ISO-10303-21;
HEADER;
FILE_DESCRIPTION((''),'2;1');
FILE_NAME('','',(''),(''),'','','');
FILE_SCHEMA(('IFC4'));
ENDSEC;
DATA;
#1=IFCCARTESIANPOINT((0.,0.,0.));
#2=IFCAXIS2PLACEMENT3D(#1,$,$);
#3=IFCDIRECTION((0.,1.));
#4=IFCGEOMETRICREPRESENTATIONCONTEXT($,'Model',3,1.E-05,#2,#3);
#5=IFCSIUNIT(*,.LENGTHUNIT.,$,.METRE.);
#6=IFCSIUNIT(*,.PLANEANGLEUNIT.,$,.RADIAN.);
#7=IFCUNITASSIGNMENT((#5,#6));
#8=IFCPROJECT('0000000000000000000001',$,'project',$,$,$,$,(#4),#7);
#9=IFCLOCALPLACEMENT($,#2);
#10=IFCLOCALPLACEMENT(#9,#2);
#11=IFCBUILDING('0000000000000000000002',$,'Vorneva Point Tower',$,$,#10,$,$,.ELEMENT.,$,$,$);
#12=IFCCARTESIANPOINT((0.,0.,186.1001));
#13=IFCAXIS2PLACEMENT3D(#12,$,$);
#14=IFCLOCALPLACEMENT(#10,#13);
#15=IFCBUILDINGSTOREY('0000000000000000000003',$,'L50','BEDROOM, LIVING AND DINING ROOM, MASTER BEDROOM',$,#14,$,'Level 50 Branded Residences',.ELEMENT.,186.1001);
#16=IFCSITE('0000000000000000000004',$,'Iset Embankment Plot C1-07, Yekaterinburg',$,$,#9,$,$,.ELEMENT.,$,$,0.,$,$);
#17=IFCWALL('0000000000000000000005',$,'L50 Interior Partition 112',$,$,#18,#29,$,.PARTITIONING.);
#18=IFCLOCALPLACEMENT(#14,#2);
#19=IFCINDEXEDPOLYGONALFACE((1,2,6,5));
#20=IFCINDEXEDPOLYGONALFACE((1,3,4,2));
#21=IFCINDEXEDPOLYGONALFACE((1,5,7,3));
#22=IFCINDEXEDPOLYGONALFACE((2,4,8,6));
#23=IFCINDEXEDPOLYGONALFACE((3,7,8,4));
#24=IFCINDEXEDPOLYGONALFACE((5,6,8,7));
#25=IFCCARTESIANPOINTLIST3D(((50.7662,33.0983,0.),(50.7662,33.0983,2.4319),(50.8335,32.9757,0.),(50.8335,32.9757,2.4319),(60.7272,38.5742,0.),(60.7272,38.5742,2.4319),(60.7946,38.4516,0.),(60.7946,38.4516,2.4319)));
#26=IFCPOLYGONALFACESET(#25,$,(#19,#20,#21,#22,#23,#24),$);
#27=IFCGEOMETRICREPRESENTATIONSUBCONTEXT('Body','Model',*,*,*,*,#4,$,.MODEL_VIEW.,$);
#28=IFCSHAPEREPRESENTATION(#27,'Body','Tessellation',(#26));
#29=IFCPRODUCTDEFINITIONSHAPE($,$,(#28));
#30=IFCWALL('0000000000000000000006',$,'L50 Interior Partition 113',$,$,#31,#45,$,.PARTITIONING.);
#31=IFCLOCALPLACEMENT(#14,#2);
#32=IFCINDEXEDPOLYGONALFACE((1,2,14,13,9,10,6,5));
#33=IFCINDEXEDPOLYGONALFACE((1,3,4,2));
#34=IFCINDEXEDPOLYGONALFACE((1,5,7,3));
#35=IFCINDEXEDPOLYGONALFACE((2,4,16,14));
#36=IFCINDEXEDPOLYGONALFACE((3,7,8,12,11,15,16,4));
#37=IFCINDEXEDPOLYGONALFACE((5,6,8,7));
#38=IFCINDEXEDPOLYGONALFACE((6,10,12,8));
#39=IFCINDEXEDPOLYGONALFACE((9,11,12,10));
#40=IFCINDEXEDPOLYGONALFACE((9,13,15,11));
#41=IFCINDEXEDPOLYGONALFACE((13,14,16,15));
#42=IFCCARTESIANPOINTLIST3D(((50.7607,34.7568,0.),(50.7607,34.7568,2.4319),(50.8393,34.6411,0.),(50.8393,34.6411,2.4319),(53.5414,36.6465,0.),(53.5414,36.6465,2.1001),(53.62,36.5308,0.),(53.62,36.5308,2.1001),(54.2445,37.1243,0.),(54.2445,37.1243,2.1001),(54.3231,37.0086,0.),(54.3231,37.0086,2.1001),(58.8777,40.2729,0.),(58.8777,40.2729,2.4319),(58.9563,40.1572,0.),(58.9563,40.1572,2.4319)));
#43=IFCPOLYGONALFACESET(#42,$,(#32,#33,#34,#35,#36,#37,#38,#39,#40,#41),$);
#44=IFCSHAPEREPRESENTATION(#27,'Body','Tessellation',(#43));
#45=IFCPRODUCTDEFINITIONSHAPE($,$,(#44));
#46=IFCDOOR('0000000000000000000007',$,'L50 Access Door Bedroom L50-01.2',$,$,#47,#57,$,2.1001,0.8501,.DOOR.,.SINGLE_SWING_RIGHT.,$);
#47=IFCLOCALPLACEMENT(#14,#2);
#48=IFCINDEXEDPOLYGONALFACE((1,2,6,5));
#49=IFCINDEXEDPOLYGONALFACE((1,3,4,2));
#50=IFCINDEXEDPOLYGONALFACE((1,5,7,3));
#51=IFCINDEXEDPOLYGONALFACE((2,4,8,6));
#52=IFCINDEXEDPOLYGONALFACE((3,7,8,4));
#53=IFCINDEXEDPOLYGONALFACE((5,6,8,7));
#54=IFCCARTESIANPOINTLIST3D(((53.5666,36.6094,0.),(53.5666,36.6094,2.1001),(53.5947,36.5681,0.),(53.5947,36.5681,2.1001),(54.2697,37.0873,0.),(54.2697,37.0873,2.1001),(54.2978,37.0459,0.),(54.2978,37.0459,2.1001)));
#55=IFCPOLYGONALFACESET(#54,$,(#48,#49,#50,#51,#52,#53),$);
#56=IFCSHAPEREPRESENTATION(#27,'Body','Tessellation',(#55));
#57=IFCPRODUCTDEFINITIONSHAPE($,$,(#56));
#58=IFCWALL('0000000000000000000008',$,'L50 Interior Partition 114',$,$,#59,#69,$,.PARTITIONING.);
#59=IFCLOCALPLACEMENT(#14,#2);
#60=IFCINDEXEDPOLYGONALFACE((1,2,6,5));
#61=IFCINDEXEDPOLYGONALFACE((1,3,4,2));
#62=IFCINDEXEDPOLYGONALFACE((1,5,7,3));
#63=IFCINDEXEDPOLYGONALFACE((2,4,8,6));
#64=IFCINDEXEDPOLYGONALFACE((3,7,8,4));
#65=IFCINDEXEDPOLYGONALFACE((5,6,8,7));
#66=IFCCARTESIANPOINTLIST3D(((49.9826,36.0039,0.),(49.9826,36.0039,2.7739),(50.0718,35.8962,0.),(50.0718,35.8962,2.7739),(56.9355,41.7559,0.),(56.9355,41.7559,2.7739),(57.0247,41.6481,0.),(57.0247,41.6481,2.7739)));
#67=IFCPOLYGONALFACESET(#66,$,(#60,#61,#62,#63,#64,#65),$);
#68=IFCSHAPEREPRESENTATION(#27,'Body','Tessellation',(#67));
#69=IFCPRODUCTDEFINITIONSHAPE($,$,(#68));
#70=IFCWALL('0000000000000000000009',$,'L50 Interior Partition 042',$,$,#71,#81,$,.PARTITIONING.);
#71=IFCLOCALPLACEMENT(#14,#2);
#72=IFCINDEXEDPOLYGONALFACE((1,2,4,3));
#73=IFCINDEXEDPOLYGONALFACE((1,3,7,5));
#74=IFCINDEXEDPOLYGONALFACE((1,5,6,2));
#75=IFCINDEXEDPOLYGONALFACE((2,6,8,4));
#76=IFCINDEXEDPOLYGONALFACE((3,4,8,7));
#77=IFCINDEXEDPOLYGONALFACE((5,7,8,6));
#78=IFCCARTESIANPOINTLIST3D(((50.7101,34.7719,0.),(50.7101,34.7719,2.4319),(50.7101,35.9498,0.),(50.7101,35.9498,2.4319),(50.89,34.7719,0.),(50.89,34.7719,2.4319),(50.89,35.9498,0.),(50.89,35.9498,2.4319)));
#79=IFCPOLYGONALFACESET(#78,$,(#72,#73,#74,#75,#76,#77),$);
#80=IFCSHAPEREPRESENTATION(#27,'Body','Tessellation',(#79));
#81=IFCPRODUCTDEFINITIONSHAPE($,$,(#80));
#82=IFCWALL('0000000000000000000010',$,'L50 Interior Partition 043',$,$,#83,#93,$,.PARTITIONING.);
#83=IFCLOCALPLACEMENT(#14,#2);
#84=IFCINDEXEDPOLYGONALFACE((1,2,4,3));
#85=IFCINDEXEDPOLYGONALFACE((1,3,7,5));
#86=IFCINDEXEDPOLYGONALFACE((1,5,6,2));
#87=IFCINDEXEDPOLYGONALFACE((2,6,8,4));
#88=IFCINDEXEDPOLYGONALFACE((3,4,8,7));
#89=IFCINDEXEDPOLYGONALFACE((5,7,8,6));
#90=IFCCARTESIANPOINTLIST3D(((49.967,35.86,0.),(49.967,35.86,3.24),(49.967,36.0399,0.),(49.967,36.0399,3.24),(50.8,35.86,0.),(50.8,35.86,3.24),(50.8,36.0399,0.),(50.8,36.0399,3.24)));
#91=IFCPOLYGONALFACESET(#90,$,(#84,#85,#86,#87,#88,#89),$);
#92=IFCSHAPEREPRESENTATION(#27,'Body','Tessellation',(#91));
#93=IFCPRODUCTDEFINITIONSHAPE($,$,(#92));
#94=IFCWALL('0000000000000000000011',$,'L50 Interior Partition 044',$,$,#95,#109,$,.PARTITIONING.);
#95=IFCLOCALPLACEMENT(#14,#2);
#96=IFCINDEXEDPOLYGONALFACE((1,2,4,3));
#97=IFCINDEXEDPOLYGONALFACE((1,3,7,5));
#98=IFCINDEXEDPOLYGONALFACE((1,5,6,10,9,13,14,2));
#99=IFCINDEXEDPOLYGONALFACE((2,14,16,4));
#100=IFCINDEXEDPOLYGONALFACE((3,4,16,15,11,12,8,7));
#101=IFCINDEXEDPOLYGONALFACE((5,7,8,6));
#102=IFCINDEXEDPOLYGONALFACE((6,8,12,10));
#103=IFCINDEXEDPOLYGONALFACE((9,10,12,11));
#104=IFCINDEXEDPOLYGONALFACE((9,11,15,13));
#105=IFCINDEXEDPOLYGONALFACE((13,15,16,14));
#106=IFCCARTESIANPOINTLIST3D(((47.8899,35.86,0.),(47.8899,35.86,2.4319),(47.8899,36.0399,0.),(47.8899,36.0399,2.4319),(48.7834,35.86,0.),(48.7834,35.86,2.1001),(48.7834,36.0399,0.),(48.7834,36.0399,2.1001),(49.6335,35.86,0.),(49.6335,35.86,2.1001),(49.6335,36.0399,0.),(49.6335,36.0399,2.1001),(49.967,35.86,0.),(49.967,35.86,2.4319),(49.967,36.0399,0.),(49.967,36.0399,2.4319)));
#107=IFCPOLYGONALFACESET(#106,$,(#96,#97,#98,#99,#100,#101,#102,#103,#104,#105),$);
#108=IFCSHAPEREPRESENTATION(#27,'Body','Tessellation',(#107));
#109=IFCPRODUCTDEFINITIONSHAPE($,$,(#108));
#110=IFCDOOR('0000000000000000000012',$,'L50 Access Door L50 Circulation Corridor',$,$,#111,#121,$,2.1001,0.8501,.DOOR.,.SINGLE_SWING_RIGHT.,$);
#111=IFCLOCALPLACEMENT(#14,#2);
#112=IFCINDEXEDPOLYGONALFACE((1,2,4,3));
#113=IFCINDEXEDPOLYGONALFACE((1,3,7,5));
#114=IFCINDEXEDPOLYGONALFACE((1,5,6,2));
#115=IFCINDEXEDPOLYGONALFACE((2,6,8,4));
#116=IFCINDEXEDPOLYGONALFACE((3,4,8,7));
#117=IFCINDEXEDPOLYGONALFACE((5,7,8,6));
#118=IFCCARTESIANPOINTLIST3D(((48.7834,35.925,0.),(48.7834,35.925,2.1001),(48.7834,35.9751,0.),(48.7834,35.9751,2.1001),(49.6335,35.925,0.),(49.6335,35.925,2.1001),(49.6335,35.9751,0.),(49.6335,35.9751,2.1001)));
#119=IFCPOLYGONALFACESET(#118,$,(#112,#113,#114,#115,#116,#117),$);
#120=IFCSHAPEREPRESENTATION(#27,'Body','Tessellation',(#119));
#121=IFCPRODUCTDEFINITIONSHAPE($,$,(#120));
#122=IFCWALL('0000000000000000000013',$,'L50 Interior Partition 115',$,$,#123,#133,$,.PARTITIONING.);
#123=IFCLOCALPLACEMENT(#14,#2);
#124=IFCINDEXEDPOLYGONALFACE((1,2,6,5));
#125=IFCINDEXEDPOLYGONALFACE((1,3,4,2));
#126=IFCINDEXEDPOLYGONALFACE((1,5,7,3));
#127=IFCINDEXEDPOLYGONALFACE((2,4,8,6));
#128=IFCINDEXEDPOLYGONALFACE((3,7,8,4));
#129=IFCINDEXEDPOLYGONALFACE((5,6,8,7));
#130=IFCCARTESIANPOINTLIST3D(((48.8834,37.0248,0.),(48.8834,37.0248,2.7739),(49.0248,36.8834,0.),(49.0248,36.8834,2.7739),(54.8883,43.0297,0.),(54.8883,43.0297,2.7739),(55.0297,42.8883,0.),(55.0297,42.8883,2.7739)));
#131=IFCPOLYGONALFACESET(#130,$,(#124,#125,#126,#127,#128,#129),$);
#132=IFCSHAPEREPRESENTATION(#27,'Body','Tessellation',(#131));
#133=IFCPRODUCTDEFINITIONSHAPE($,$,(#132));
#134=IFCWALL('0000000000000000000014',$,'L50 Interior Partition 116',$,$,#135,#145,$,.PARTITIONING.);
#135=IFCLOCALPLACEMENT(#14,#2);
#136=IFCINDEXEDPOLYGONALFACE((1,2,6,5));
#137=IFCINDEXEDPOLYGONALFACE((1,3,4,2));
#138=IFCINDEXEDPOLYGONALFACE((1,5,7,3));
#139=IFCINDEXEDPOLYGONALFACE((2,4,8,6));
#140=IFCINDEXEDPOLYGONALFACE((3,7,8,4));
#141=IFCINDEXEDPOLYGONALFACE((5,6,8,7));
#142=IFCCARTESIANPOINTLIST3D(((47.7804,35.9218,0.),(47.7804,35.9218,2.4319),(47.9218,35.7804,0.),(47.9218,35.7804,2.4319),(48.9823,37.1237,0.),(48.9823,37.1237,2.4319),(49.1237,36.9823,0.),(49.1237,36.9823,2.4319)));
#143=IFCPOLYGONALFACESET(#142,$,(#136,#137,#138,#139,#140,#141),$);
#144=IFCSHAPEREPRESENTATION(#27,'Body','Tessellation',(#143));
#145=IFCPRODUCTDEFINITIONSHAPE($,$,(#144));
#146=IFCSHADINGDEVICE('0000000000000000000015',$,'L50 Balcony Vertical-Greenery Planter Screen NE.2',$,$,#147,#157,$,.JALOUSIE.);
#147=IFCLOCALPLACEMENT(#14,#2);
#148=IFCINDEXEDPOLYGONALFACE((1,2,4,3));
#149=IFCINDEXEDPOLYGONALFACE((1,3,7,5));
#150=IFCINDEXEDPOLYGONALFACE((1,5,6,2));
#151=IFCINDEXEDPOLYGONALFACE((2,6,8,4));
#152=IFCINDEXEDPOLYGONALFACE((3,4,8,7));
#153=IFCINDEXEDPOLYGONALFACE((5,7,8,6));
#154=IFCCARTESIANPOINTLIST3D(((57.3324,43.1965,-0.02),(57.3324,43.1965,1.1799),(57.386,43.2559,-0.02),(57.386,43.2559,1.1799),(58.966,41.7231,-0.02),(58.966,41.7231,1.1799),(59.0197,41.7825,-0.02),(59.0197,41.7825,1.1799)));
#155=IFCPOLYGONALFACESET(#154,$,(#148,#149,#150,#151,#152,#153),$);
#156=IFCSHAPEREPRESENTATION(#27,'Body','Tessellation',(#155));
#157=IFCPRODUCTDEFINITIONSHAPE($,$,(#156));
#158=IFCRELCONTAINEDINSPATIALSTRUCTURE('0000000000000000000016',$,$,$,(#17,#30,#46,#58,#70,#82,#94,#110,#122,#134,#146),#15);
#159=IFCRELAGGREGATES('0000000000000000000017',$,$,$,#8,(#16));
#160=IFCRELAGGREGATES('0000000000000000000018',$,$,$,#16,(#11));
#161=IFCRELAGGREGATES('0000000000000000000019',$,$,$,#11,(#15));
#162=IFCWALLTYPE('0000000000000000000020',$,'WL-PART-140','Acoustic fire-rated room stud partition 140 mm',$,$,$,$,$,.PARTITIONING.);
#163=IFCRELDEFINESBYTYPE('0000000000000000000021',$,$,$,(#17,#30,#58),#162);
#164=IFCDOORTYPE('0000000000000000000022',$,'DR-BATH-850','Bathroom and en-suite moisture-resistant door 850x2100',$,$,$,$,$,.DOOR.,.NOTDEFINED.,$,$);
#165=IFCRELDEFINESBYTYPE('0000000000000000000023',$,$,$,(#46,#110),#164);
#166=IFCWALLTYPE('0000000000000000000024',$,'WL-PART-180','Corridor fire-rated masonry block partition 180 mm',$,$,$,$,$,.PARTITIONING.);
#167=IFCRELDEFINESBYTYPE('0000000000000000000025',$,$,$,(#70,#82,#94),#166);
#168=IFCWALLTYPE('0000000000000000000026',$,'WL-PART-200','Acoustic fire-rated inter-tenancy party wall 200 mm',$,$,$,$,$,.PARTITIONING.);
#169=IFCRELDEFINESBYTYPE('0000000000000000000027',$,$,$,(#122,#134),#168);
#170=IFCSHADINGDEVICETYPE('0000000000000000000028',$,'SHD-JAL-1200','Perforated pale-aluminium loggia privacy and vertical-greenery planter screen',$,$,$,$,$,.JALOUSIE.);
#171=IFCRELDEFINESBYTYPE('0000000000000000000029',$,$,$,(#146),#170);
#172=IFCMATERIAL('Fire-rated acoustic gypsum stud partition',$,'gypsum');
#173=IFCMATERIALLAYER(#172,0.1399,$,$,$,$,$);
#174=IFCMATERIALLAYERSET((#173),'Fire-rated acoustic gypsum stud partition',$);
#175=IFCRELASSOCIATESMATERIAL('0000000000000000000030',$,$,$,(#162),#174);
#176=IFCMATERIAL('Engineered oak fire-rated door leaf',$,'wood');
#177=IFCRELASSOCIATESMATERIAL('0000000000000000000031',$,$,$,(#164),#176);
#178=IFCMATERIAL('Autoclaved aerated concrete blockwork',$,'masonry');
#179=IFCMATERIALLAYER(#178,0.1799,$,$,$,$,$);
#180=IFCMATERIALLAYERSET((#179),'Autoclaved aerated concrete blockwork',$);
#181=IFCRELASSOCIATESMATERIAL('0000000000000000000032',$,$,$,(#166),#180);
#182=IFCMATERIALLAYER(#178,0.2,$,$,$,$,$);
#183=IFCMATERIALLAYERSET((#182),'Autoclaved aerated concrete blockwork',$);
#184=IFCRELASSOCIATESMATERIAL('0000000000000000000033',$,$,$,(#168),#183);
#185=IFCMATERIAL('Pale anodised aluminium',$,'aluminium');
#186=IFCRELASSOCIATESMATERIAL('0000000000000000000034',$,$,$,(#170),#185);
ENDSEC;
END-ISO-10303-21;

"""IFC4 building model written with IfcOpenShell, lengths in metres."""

from ifc_helpers import new_model, si_unit, direction, frame, frame_2d, origin, origin_2d, place, context, subcontext, project, spatial, rectangle, extrude, material, layer, layer_set, type_object, element, fill, save


model = new_model("IFC4")

# Units and contexts
model_context = context("Model", 3, precision=1e-05, world=origin(), true_north=direction((0.0, 1.0)))
body_context = subcontext(model_context, "Body", "Model", "MODEL_VIEW")
ifc_project = project(units=[si_unit("LENGTHUNIT", "METRE"), si_unit("PLANEANGLEUNIT", "RADIAN")], contexts=[model_context])

# Site, building, storey
site_placement = place(None, origin())
site = spatial("IfcSite", under=ifc_project, at=site_placement, Name="Iset Embankment Plot C1-07, Yekaterinburg", CompositionType="ELEMENT", RefElevation=0.0)
building_placement = place(site_placement, origin())
building = spatial("IfcBuilding", under=site, at=building_placement, Name="Vorneva Point Tower", CompositionType="ELEMENT")
storey_placement = place(building_placement, frame((0.0, 0.0, 186.1001)))
storey = spatial("IfcBuildingStorey", under=building, at=storey_placement, Name="L50", Description="BEDROOM, LIVING AND DINING ROOM, MASTER BEDROOM", LongName="Level 50 Branded Residences", CompositionType="ELEMENT", Elevation=186.1001)

# Shared definitions
ifc_material_1 = material(Name="Pale anodised aluminium", Category="aluminium")

# Shared definitions
ifc_material_2 = material(Name="Fire-rated acoustic gypsum stud partition", Category="gypsum")
ifc_layer_1 = layer(ifc_material_2, 0.1399)
ifc_layer_set_1 = layer_set([ifc_layer_1], Name="Fire-rated acoustic gypsum stud partition")
wall_type_1 = type_object("IfcWallType", Name="WL-PART-140", Description="Acoustic fire-rated room stud partition 140 mm", PredefinedType="PARTITIONING", material=ifc_layer_set_1)

# Shared definitions
ifc_material_3 = material(Name="Engineered oak fire-rated door leaf", Category="wood")

# Wall
wall_1_placement = place(storey_placement, frame((60.761, 38.5129, 0.0), z_axis=(0.0, 0.0, 1.0), x_axis=(-0.876316, -0.481737, 0.0)))
element("IfcWall", 1, at=wall_1_placement, inside=storey, type_object=wall_type_1, Name="L50 Interior Partition 112", PredefinedType="PARTITIONING", context=body_context, shape_type="SweptSolid", body=[
    extrude(rectangle(XDim=11.3669, YDim=0.1399, at=frame_2d((5.6836, 0.0))), origin(), (0.0, 0.0, 1.0), 2.4319),
])

# Wall, opening, door
wall_2_placement = place(storey_placement, frame((58.917, 40.2151, 0.0), z_axis=(0.0, 0.0, 1.0), x_axis=(-0.827088, -0.562073, 0.0)))
wall_2 = element("IfcWall", 2, at=wall_2_placement, inside=storey, type_object=wall_type_1, Name="L50 Interior Partition 113", PredefinedType="PARTITIONING", context=body_context, shape_type="SweptSolid", body=[
    extrude(rectangle(XDim=9.814, YDim=0.1399, at=frame_2d((4.907, 0.0))), origin(), (0.0, 0.0, 1.0), 2.4319),
])
opening_1_placement = place(wall_2_placement, frame((5.6018, 0.0, 0.0)))
opening_1 = element("IfcOpeningElement", 3, at=opening_1_placement, cuts=wall_2, PredefinedType="OPENING", context=body_context, shape_type="SweptSolid", body=[
    extrude(rectangle(XDim=0.8501, YDim=2.1001, at=frame_2d((0.425, 1.05))), frame((0.0, 0.085, 0.0), z_axis=(0.0, -1.0, 0.0), x_axis=(1.0, 0.0, 0.0)), (0.0, 0.0, 1.0), 0.1697),
])
door_type_1 = type_object("IfcDoorType", Name="DR-BATH-850", Description="Bathroom and en-suite moisture-resistant door 850x2100", OperationType="NOTDEFINED", PredefinedType="DOOR", material=ifc_material_3)
door_1_placement = place(opening_1_placement, origin())
door_1 = element("IfcDoor", 4, at=door_1_placement, inside=storey, type_object=door_type_1, Name="L50 Access Door Bedroom L50-01.2", OperationType="SINGLE_SWING_RIGHT", OverallHeight=2.1001, OverallWidth=0.8501, PredefinedType="DOOR", context=body_context, shape_type="SweptSolid", body=[
    extrude(rectangle(XDim=0.8501, YDim=2.1001, at=frame_2d((0.425, 1.05))), frame((0.0, 0.0249, 0.0), z_axis=(0.0, -1.0, 0.0), x_axis=(1.0, 0.0, 0.0)), (0.0, 0.0, 1.0), 0.05),
])
fill(opening_1, door_1)

# Walls
wall_3_placement = place(storey_placement, frame((56.98, 41.7019, 0.0), z_axis=(0.0, 0.0, 1.0), x_axis=(-0.770512, -0.637426, 0.0)))
element("IfcWall", 5, at=wall_3_placement, inside=storey, type_object=wall_type_1, Name="L50 Interior Partition 114", PredefinedType="PARTITIONING", context=body_context, shape_type="SweptSolid", body=[
    extrude(rectangle(XDim=9.0237, YDim=0.1399, at=frame_2d((4.5117, 0.0))), origin(), (0.0, 0.0, 1.0), 2.7739),
])
ifc_material_4 = material(Name="Autoclaved aerated concrete blockwork", Category="masonry")
ifc_layer_2 = layer(ifc_material_4, 0.1799)
ifc_layer_set_2 = layer_set([ifc_layer_2], Name="Autoclaved aerated concrete blockwork")
wall_type_2 = type_object("IfcWallType", Name="WL-PART-180", Description="Corridor fire-rated masonry block partition 180 mm", PredefinedType="PARTITIONING", material=ifc_layer_set_2)
wall_4_placement = place(storey_placement, frame((50.8, 34.772, 0.0), z_axis=(0.0, 0.0, 1.0), x_axis=(0.0, 1.0, 0.0)))
element("IfcWall", 6, at=wall_4_placement, inside=storey, type_object=wall_type_2, Name="L50 Interior Partition 042", PredefinedType="PARTITIONING", context=body_context, shape_type="SweptSolid", body=[
    extrude(rectangle(XDim=1.178, YDim=0.1799, at=frame_2d((0.5889, 0.0))), origin(), (0.0, 0.0, 1.0), 2.4319),
])
wall_5_placement = place(storey_placement, frame((50.8, 35.95, 0.0), z_axis=(0.0, 0.0, 1.0), x_axis=(-1.0, 0.0, 0.0)))
element("IfcWall", 7, at=wall_5_placement, inside=storey, type_object=wall_type_2, Name="L50 Interior Partition 043", PredefinedType="PARTITIONING", context=body_context, shape_type="SweptSolid", body=[
    extrude(rectangle(XDim=0.833, YDim=0.1799, at=frame_2d((0.4165, 0.0))), origin(), (0.0, 0.0, 1.0), 3.24),
])

# Wall, opening, door
wall_6_placement = place(storey_placement, frame((49.967, 35.95, 0.0), z_axis=(0.0, 0.0, 1.0), x_axis=(-1.0, 0.0, 0.0)))
wall_6 = element("IfcWall", 8, at=wall_6_placement, inside=storey, type_object=wall_type_2, Name="L50 Interior Partition 044", PredefinedType="PARTITIONING", context=body_context, shape_type="SweptSolid", body=[
    extrude(rectangle(XDim=2.0771, YDim=0.1799, at=frame_2d((1.0386, 0.0))), origin(), (0.0, 0.0, 1.0), 2.4319),
])
opening_2_placement = place(wall_6_placement, frame((0.3335, 0.0, 0.0)))
opening_2 = element("IfcOpeningElement", 9, at=opening_2_placement, cuts=wall_6, PredefinedType="OPENING", context=body_context, shape_type="SweptSolid", body=[
    extrude(rectangle(XDim=0.8501, YDim=2.1001, at=frame_2d((0.425, 1.05))), frame((0.0, 0.105, 0.0), z_axis=(0.0, -1.0, 0.0), x_axis=(1.0, 0.0, 0.0)), (0.0, 0.0, 1.0), 0.2097),
])
door_2_placement = place(opening_2_placement, origin())
door_2 = element("IfcDoor", 10, at=door_2_placement, inside=storey, type_object=door_type_1, Name="L50 Access Door L50 Circulation Corridor", OperationType="SINGLE_SWING_RIGHT", OverallHeight=2.1001, OverallWidth=0.8501, PredefinedType="DOOR", context=body_context, shape_type="SweptSolid", body=[
    extrude(rectangle(XDim=0.8501, YDim=2.1001, at=frame_2d((0.425, 1.05))), frame((0.0, 0.0249, 0.0), z_axis=(0.0, -1.0, 0.0), x_axis=(1.0, 0.0, 0.0)), (0.0, 0.0, 1.0), 0.05),
])
fill(opening_2, door_2)

# Walls
ifc_layer_3 = layer(ifc_material_4, 0.2)
ifc_layer_set_3 = layer_set([ifc_layer_3], Name="Autoclaved aerated concrete blockwork")
wall_type_3 = type_object("IfcWallType", Name="WL-PART-200", Description="Acoustic fire-rated inter-tenancy party wall 200 mm", PredefinedType="PARTITIONING", material=ifc_layer_set_3)
wall_7_placement = place(storey_placement, frame((54.959, 42.959, 0.0), z_axis=(0.0, 0.0, 1.0), x_axis=(-0.707107, -0.707107, 0.0)))
element("IfcWall", 11, at=wall_7_placement, inside=storey, type_object=wall_type_3, Name="L50 Interior Partition 115", PredefinedType="PARTITIONING", context=body_context, shape_type="SweptSolid", body=[
    extrude(rectangle(XDim=8.4922, YDim=0.2, at=frame_2d((4.2461, 0.0))), origin(), (0.0, 0.0, 1.0), 2.7739),
])
wall_8_placement = place(storey_placement, frame((49.053, 37.053, 0.0), z_axis=(0.0, 0.0, 1.0), x_axis=(-0.707107, -0.707107, 0.0)))
element("IfcWall", 12, at=wall_8_placement, inside=storey, type_object=wall_type_3, Name="L50 Interior Partition 116", PredefinedType="PARTITIONING", context=body_context, shape_type="SweptSolid", body=[
    extrude(rectangle(XDim=1.6997, YDim=0.2, at=frame_2d((0.8499, 0.0))), origin(), (0.0, 0.0, 1.0), 2.4319),
])

# Shading device
shading_device_type = type_object("IfcShadingDeviceType", Name="SHD-JAL-1200", Description="Perforated pale-aluminium loggia privacy and vertical-greenery planter screen", PredefinedType="JALOUSIE", material=ifc_material_1)
shading_device_placement = place(storey_placement, frame((58.176, 42.4895, -0.02), z_axis=(0.0, 0.0, 1.0), x_axis=(-0.742584, 0.669753, 0.0)))
element("IfcShadingDevice", 13, at=shading_device_placement, inside=storey, type_object=shading_device_type, Name="L50 Balcony Vertical-Greenery Planter Screen NE.2", PredefinedType="JALOUSIE", context=body_context, shape_type="SweptSolid", body=[
    extrude(rectangle(XDim=2.2, YDim=0.0801, at=origin_2d()), origin(), (0.0, 0.0, 1.0), 1.2),
])

save(model, "model.ifc")
